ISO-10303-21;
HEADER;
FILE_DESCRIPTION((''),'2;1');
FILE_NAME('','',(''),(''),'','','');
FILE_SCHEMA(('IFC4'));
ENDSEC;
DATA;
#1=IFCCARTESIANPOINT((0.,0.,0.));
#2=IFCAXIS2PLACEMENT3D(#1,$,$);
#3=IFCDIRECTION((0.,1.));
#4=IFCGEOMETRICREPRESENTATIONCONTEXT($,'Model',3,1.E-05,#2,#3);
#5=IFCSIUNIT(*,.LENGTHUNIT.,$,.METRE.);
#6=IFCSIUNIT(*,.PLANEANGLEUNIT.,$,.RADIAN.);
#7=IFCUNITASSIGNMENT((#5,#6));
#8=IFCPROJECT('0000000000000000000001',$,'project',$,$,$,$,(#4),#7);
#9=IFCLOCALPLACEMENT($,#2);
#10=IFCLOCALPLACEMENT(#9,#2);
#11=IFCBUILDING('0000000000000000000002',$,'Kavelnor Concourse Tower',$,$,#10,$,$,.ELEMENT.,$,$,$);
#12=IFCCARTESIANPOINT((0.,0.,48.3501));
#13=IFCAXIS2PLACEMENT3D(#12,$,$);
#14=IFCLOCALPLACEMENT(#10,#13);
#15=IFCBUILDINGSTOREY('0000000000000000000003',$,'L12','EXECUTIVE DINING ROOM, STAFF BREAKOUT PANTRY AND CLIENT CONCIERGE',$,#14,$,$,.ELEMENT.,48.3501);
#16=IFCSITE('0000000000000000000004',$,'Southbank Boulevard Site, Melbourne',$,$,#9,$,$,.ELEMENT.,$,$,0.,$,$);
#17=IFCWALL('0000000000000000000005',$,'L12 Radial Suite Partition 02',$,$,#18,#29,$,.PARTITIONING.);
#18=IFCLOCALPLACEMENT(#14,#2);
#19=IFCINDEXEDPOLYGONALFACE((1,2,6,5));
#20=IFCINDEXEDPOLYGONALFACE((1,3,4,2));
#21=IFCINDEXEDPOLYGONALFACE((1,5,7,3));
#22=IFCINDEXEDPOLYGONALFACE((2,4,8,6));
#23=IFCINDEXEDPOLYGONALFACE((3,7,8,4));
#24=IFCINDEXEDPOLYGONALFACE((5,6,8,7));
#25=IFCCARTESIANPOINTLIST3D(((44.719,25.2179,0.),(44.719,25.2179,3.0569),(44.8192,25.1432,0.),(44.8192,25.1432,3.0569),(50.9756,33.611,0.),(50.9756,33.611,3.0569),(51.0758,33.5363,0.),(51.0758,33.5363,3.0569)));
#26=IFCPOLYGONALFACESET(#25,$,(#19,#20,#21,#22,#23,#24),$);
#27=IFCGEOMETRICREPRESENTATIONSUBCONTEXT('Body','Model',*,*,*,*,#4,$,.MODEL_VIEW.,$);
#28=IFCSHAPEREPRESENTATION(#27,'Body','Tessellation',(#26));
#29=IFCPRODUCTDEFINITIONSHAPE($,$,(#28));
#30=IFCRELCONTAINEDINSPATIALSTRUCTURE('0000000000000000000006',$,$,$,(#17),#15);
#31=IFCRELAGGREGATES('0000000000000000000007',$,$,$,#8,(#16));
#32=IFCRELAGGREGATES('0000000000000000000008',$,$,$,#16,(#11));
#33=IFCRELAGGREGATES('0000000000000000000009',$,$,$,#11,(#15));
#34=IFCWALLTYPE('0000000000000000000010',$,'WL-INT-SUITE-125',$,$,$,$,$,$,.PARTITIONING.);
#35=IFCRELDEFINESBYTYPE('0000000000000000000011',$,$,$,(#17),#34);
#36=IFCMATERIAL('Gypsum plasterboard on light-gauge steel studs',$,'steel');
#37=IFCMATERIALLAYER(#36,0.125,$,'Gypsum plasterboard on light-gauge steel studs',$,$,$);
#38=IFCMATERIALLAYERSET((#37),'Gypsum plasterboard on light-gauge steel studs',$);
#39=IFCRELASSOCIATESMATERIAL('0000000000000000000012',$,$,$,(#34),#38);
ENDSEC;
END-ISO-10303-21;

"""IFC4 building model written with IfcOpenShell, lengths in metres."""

from ifc_helpers import new_model, si_unit, direction, frame, frame_2d, origin, place, context, subcontext, project, spatial, rectangle, extrude, material, layer, layer_set, type_object, element, save


model = new_model("IFC4")

# Units and contexts
model_context = context("Model", 3, precision=1e-05, world=origin(), true_north=direction((0.0, 1.0)))
body_context = subcontext(model_context, "Body", "Model", "MODEL_VIEW")
ifc_project = project(units=[si_unit("LENGTHUNIT", "METRE"), si_unit("PLANEANGLEUNIT", "RADIAN")], contexts=[model_context])

# Site, building, storey
site_placement = place(None, origin())
site = spatial("IfcSite", under=ifc_project, at=site_placement, Name="Southbank Boulevard Site, Melbourne", CompositionType="ELEMENT", RefElevation=0.0)
building_placement = place(site_placement, origin())
building = spatial("IfcBuilding", under=site, at=building_placement, Name="Kavelnor Concourse Tower", CompositionType="ELEMENT")
storey_placement = place(building_placement, frame((0.0, 0.0, 48.3501)))
storey = spatial("IfcBuildingStorey", under=building, at=storey_placement, Name="L12", Description="EXECUTIVE DINING ROOM, STAFF BREAKOUT PANTRY AND CLIENT CONCIERGE", CompositionType="ELEMENT", Elevation=48.3501)

# Shared definitions
ifc_material_1 = material(Name="Gypsum plasterboard on light-gauge steel studs", Category="steel")

# Wall
ifc_layer_1 = layer(ifc_material_1, 0.125, Name="Gypsum plasterboard on light-gauge steel studs")
ifc_layer_set_1 = layer_set([ifc_layer_1], Name="Gypsum plasterboard on light-gauge steel studs")
wall_type_1 = type_object("IfcWallType", Name="WL-INT-SUITE-125", PredefinedType="PARTITIONING", material=ifc_layer_set_1)
wall_1_placement = place(storey_placement, frame((44.769, 25.1804, 0.0), z_axis=(0.0, 0.0, 1.0), x_axis=(0.597662, 0.801749, 0.0)))
element("IfcWall", 1, at=wall_1_placement, inside=storey, type_object=wall_type_1, Name="L12 Radial Suite Partition 02", PredefinedType="PARTITIONING", context=body_context, shape_type="SweptSolid", body=[
    extrude(rectangle(XDim=10.4685, YDim=0.125, at=frame_2d((5.2344, 0.0))), origin(), (0.0, 0.0, 1.0), 3.0569),
])

save(model, "model.ifc")
